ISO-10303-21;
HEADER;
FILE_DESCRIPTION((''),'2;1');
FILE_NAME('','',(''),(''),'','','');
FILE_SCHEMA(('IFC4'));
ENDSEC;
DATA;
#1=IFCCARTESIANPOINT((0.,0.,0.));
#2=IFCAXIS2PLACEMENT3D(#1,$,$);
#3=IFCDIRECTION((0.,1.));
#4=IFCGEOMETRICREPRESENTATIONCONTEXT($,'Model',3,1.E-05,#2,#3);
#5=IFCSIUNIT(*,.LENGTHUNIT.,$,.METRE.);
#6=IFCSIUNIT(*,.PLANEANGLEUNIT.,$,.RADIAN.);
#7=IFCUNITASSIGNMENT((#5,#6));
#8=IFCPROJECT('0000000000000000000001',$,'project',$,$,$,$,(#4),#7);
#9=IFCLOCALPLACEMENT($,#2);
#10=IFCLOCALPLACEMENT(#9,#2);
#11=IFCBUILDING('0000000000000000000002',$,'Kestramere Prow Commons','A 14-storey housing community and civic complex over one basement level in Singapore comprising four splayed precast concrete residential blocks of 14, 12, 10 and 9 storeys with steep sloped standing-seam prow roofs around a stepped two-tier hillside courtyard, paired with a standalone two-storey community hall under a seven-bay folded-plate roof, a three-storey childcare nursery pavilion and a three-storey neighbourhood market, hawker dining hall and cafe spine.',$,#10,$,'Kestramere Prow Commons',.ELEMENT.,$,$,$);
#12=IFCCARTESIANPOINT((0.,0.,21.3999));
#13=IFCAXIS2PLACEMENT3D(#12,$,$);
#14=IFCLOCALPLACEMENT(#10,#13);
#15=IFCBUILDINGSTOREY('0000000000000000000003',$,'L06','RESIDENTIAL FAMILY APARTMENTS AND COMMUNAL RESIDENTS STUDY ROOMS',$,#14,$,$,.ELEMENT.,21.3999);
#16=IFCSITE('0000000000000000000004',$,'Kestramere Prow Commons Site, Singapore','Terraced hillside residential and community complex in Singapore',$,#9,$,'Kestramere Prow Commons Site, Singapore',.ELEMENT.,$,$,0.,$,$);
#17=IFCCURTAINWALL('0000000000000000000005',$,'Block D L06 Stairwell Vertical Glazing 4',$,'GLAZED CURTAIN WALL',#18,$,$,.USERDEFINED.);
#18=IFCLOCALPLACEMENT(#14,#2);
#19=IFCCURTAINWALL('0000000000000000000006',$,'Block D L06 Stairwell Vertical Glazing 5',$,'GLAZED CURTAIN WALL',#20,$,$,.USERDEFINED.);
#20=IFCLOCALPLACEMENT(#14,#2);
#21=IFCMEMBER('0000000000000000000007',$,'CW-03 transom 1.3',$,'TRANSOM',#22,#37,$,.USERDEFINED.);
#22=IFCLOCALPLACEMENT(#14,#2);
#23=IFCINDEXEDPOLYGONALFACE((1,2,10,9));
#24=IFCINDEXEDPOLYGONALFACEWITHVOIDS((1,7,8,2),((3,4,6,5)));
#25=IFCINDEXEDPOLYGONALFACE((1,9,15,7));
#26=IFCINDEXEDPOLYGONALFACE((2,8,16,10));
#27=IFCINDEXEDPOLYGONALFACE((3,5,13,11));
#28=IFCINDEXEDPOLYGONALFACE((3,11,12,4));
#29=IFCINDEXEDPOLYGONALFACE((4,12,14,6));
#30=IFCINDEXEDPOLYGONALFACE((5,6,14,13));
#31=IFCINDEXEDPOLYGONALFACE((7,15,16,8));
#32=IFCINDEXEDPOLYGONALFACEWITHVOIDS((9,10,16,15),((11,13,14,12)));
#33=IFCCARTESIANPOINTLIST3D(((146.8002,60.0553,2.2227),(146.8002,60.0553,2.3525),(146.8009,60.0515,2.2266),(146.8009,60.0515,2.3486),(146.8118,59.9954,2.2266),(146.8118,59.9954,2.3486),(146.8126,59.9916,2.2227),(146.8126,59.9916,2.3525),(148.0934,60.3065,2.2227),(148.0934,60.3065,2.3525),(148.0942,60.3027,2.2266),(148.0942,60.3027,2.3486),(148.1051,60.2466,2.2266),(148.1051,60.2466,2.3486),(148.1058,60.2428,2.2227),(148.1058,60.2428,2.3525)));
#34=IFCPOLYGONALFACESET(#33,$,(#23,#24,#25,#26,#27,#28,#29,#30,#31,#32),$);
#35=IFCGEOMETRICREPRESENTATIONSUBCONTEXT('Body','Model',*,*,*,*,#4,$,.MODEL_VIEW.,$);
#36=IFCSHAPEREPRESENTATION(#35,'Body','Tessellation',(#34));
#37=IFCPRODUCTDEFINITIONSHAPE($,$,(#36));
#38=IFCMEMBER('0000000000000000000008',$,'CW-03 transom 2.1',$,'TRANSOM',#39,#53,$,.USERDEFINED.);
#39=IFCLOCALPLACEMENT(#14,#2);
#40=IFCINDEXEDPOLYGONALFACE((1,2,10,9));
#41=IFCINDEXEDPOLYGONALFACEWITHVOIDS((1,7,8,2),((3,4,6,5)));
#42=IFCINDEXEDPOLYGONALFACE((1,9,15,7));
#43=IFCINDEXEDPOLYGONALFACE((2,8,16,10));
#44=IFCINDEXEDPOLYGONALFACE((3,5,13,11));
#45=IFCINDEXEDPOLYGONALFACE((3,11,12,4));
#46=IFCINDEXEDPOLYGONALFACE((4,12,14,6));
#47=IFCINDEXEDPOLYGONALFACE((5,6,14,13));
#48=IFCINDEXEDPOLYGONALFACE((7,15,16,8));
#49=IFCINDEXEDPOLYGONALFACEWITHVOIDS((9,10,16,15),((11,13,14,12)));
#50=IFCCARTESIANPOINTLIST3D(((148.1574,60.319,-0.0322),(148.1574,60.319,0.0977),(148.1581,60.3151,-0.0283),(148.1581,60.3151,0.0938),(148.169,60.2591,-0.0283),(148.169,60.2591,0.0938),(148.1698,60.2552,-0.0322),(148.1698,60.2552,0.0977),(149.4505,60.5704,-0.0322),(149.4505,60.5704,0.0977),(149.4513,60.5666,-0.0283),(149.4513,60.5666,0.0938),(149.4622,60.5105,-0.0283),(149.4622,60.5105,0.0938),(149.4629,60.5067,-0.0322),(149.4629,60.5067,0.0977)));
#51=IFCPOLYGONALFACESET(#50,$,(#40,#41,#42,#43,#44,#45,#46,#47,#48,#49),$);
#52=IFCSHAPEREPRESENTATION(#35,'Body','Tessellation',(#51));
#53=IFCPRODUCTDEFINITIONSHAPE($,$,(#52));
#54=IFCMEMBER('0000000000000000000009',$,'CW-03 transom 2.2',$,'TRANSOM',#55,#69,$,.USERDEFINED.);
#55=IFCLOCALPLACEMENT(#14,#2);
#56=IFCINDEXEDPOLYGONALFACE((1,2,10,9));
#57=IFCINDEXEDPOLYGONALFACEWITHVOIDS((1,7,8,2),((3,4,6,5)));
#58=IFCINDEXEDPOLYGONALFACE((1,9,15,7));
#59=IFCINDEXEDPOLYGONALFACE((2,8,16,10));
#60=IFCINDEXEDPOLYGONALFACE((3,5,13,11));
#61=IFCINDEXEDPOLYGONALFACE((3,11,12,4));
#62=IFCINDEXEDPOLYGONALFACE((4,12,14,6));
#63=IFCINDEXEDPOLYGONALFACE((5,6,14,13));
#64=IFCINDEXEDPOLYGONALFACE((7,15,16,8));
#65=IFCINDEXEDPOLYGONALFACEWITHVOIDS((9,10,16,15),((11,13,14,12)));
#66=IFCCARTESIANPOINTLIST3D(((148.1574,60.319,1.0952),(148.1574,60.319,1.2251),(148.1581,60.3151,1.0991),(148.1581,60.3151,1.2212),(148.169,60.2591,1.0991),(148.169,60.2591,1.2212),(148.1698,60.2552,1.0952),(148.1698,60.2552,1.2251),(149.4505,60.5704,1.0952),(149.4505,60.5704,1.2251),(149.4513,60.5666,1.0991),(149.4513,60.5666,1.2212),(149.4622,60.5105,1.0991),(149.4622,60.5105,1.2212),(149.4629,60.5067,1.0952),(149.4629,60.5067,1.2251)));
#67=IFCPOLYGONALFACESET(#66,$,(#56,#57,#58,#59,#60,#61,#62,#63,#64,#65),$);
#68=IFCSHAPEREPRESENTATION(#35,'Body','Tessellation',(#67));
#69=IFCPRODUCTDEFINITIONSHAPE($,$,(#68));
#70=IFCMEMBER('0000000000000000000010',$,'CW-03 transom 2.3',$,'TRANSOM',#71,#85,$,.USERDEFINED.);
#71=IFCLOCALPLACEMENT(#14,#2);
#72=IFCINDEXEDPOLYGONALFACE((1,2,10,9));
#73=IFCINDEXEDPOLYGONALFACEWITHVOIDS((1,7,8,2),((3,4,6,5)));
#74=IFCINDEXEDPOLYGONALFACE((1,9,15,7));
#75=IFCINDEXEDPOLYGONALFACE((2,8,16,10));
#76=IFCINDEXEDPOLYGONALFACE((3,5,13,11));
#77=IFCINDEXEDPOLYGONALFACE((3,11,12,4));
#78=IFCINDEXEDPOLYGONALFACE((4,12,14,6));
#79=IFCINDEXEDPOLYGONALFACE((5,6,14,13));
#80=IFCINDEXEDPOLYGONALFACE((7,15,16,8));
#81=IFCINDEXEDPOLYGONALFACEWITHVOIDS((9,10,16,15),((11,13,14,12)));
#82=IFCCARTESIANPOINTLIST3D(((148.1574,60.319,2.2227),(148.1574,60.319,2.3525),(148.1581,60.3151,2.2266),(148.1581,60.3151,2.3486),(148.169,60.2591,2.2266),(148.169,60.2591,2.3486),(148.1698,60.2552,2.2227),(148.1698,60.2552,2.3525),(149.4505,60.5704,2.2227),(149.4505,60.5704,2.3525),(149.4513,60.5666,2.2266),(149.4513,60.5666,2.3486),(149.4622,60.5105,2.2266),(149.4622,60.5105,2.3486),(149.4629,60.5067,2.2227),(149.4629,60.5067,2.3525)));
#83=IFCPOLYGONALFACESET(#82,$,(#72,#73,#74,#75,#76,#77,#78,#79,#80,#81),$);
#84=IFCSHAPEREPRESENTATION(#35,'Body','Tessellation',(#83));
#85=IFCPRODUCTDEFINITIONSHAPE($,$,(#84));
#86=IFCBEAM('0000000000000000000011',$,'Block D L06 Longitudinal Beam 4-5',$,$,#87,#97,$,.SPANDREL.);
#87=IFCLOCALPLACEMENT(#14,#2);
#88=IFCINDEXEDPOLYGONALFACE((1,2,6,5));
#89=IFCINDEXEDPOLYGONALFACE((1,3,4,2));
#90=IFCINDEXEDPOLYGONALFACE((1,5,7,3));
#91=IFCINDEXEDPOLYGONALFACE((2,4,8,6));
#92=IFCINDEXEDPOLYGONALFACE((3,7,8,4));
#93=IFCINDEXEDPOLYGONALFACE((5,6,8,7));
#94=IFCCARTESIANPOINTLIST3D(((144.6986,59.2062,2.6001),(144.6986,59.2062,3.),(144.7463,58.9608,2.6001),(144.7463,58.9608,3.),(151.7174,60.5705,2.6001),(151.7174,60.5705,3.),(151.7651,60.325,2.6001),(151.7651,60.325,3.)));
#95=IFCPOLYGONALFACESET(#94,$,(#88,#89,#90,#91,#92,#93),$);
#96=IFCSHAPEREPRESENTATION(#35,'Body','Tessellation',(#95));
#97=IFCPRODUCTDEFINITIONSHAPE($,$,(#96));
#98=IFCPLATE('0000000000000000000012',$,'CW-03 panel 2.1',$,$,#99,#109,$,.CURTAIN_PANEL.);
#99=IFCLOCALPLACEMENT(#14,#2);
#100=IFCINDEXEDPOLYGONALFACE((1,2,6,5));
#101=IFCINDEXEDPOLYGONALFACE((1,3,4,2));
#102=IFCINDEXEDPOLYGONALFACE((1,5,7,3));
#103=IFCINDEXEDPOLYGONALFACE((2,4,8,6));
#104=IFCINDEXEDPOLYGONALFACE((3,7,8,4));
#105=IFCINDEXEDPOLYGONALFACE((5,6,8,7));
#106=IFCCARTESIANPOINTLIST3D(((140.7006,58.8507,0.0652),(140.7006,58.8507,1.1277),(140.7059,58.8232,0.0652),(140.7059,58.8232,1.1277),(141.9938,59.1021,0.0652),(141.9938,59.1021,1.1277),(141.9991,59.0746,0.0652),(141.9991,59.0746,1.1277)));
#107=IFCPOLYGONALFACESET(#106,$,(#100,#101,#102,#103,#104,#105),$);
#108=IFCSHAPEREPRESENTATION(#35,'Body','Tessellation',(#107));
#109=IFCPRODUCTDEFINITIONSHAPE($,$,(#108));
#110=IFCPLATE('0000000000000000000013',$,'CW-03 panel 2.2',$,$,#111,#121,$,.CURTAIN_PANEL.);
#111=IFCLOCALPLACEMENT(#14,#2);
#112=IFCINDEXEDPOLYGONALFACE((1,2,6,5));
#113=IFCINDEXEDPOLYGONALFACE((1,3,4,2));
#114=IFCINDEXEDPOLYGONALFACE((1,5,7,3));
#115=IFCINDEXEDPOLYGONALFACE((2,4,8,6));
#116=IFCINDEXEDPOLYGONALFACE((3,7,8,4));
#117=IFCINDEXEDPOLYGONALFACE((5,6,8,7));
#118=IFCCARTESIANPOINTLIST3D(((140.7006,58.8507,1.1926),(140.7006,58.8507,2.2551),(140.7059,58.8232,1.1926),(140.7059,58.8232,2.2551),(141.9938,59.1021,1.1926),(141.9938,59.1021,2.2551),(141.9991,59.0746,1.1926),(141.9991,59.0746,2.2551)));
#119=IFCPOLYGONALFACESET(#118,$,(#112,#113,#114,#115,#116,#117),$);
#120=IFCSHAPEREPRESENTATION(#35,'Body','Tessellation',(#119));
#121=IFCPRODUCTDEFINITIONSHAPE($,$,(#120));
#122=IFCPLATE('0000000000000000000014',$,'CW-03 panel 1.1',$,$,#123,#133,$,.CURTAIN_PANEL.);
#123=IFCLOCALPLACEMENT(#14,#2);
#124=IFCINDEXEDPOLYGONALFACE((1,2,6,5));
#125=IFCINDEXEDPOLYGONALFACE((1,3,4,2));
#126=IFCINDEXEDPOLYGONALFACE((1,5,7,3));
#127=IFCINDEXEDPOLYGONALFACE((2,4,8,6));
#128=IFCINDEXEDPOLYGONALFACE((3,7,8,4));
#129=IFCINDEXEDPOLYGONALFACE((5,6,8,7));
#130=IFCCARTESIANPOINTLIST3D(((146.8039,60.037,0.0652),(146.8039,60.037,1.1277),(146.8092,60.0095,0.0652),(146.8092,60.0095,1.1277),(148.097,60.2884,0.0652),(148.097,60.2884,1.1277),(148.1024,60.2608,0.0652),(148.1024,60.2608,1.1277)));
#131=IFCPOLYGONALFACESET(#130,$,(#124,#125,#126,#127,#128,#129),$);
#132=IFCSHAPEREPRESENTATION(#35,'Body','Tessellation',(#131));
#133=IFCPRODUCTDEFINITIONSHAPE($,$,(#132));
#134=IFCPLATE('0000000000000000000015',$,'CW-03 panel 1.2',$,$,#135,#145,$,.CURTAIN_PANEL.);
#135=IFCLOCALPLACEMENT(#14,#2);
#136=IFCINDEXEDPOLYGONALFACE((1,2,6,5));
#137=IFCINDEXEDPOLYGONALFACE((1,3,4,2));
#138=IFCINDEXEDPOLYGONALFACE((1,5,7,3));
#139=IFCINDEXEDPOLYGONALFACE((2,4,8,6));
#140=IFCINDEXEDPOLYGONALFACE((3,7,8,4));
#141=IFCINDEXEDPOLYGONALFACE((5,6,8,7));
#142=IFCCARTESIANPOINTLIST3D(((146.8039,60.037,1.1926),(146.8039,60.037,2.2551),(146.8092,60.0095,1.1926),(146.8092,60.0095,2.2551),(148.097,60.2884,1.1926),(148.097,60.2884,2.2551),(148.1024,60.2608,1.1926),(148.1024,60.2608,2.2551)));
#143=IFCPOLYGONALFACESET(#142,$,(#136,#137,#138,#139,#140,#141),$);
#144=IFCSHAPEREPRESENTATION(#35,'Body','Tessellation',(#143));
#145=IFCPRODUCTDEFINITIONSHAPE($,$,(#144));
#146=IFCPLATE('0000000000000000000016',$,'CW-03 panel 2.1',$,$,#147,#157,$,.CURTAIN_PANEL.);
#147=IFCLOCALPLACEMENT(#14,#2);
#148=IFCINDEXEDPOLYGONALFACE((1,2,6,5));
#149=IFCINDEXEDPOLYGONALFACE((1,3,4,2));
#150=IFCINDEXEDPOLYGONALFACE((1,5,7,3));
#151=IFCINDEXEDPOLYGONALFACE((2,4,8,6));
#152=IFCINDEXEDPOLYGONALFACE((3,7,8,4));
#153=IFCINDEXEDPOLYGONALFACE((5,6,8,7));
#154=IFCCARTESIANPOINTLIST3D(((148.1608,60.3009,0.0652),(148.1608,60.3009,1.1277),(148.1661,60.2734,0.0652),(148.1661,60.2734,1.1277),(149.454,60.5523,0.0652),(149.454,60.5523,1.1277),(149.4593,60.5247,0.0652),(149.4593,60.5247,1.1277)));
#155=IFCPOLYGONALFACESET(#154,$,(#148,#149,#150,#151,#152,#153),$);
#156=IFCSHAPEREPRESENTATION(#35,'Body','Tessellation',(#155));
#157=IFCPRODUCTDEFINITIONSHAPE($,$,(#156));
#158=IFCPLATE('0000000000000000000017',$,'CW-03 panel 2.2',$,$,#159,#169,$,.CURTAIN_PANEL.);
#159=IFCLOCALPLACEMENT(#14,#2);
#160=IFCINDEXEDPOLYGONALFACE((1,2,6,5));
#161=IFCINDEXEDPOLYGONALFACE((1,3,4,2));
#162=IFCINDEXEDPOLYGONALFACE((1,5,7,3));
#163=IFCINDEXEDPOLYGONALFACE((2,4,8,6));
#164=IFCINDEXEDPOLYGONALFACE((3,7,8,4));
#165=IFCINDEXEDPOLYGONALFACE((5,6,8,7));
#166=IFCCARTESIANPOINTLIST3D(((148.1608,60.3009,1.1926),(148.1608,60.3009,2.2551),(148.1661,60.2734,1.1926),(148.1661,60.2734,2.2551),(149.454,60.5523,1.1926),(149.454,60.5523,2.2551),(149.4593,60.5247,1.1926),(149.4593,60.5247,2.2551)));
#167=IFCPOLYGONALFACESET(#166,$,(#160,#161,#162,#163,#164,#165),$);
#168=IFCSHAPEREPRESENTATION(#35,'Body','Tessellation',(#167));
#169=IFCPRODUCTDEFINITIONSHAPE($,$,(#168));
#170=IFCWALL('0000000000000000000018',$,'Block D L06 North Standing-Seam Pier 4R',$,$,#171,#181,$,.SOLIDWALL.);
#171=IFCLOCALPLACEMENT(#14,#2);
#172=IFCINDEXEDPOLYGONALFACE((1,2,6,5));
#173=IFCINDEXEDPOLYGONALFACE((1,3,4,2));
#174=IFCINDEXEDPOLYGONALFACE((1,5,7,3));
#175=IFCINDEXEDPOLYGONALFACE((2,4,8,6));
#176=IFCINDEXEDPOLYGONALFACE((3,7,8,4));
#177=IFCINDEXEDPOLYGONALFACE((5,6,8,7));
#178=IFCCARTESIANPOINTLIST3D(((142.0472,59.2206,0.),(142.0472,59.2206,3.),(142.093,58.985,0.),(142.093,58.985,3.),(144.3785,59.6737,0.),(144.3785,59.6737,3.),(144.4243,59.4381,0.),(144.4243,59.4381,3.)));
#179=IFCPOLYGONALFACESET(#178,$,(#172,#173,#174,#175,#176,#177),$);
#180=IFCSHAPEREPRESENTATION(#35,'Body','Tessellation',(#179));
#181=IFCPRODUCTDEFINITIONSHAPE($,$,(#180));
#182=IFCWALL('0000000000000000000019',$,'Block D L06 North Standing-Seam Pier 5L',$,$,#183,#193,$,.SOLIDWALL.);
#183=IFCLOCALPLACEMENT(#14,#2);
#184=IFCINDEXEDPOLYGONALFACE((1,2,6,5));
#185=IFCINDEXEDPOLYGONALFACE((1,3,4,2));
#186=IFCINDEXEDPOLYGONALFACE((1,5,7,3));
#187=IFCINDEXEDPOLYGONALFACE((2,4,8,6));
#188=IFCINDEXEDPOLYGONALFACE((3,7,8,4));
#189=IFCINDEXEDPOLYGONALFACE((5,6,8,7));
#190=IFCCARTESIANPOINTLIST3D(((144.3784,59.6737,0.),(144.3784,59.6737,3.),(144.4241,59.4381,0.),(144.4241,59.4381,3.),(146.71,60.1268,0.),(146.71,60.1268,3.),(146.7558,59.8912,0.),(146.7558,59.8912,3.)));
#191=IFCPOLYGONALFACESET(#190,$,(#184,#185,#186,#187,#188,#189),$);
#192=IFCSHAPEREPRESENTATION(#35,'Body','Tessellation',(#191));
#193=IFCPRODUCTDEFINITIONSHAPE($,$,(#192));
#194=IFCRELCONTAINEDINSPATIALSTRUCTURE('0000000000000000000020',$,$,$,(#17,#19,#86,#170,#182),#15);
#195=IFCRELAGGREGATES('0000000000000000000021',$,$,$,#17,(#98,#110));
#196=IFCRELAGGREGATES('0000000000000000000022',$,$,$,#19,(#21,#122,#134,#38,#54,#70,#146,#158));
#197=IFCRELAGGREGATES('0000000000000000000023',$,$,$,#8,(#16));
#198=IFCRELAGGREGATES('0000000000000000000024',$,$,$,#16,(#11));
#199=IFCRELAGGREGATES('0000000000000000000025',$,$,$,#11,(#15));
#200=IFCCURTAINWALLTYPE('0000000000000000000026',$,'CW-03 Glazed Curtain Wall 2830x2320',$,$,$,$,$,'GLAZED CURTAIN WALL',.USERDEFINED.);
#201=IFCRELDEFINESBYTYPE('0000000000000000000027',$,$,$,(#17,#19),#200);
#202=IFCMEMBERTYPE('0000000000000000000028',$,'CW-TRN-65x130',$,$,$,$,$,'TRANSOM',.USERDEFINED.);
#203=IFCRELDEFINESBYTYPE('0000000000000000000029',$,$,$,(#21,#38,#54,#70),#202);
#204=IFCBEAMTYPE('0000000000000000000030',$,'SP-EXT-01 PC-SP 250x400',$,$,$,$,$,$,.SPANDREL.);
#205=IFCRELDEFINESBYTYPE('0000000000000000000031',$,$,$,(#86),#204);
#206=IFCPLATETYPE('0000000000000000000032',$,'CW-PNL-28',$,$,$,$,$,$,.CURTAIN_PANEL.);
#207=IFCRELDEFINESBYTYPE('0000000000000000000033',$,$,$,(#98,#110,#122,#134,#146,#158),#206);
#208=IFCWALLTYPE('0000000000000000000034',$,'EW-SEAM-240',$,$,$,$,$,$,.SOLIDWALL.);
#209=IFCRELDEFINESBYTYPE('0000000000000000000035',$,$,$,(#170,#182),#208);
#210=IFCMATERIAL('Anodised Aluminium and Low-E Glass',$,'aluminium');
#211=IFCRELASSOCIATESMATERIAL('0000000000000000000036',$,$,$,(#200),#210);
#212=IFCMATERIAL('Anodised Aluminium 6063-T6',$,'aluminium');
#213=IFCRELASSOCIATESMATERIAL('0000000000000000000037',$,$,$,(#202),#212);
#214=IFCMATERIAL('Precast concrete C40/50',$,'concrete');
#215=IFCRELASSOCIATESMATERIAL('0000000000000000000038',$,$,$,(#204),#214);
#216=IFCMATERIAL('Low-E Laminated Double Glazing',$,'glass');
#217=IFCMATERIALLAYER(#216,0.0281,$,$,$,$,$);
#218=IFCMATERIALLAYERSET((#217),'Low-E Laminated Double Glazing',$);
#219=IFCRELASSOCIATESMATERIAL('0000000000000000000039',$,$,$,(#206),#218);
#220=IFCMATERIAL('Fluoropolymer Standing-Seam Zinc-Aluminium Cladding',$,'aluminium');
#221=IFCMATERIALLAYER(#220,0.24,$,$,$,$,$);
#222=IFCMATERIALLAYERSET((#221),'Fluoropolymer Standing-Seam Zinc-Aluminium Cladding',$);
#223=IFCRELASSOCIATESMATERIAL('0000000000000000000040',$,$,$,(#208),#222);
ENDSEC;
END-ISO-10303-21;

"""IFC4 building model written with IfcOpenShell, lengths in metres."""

from ifc_helpers import new_model, si_unit, direction, frame, frame_2d, origin, origin_2d, place, context, subcontext, project, spatial, rectangle, hollow_rectangle, extrude, material, layer, layer_set, material_profile, profile_set, type_object, element, aggregate, save


model = new_model("IFC4")

# Units and contexts
model_context = context("Model", 3, precision=1e-05, world=origin(), true_north=direction((0.0, 1.0)))
body_context = subcontext(model_context, "Body", "Model", "MODEL_VIEW")
ifc_project = project(units=[si_unit("LENGTHUNIT", "METRE"), si_unit("PLANEANGLEUNIT", "RADIAN")], contexts=[model_context])

# Site, building, storey
site_placement = place(None, origin())
site = spatial("IfcSite", under=ifc_project, at=site_placement, Name="Kestramere Prow Commons Site, Singapore", Description="Terraced hillside residential and community complex in Singapore", LongName="Kestramere Prow Commons Site, Singapore", CompositionType="ELEMENT", RefElevation=0.0)
building_placement = place(site_placement, origin())
building = spatial("IfcBuilding", under=site, at=building_placement, Name="Kestramere Prow Commons", Description="A 14-storey housing community and civic complex over one basement level in Singapore comprising four splayed precast concrete residential blocks of 14, 12, 10 and 9 storeys with steep sloped standing-seam prow roofs around a stepped two-tier hillside courtyard, paired with a standalone two-storey community hall under a seven-bay folded-plate roof, a three-storey childcare nursery pavilion and a three-storey neighbourhood market, hawker dining hall and cafe spine.", LongName="Kestramere Prow Commons", CompositionType="ELEMENT")
storey_placement = place(building_placement, frame((0.0, 0.0, 21.3999)))
storey = spatial("IfcBuildingStorey", under=building, at=storey_placement, Name="L06", Description="RESIDENTIAL FAMILY APARTMENTS AND COMMUNAL RESIDENTS STUDY ROOMS", CompositionType="ELEMENT", Elevation=21.3999)

# Shared definitions
ifc_material_1 = material(Name="Precast concrete C40/50", Category="concrete")

# Curtain walls
ifc_material_2 = material(Name="Anodised Aluminium and Low-E Glass", Category="aluminium")
curtain_wall_type = type_object("IfcCurtainWallType", Name="CW-03 Glazed Curtain Wall 2830x2320", ElementType="GLAZED CURTAIN WALL", PredefinedType="USERDEFINED", material=ifc_material_2)
curtain_wall_1_placement = place(storey_placement, origin())
curtain_wall_1 = element("IfcCurtainWall", 1, at=curtain_wall_1_placement, inside=storey, type_object=curtain_wall_type, Name="Block D L06 Stairwell Vertical Glazing 4", ObjectType="GLAZED CURTAIN WALL", PredefinedType="USERDEFINED")
ifc_material_3 = material(Name="Anodised Aluminium 6063-T6", Category="aluminium")
curtain_wall_2_placement = place(storey_placement, origin())
curtain_wall_2 = element("IfcCurtainWall", 2, at=curtain_wall_2_placement, inside=storey, type_object=curtain_wall_type, Name="Block D L06 Stairwell Vertical Glazing 5", ObjectType="GLAZED CURTAIN WALL", PredefinedType="USERDEFINED")

# Members
ifc_material_profile_1 = material_profile(ifc_material_3, hollow_rectangle(XDim=0.0649, YDim=0.1299, WallThickness=0.0039, at=origin_2d()), Name="ALU-TRN 65x130")
ifc_profile_set_1 = profile_set([ifc_material_profile_1], Name="Anodised Aluminium 6063-T6")
member_type_1 = type_object("IfcMemberType", Name="CW-TRN-65x130", ElementType="TRANSOM", PredefinedType="USERDEFINED", material=ifc_profile_set_1)
member_1_placement = place(storey_placement, frame((146.8064, 60.0234, 2.2876), z_axis=(0.981649, 0.190696, 0.0), x_axis=(-0.190696, 0.981649, 0.0)))
member_1 = element("IfcMember", 3, at=member_1_placement, type_object=member_type_1, Name="CW-03 transom 1.3", ObjectType="TRANSOM", PredefinedType="USERDEFINED", context=body_context, shape_type="SweptSolid", body=[
    extrude(hollow_rectangle(XDim=0.0649, YDim=0.1299, WallThickness=0.0039, at=origin_2d()), origin(), (0.0, 0.0, 1.0), 1.3174),
])
member_2_placement = place(storey_placement, frame((148.1636, 60.2871, 0.0327), z_axis=(0.981614, 0.190875, 0.0), x_axis=(-0.190875, 0.981614, 0.0)))
member_2 = element("IfcMember", 4, at=member_2_placement, type_object=member_type_1, Name="CW-03 transom 2.1", ObjectType="TRANSOM", PredefinedType="USERDEFINED", context=body_context, shape_type="SweptSolid", body=[
    extrude(hollow_rectangle(XDim=0.0649, YDim=0.1299, WallThickness=0.0039, at=origin_2d()), origin(), (0.0, 0.0, 1.0), 1.3174),
])
member_3_placement = place(storey_placement, frame((148.1636, 60.2871, 1.1602), z_axis=(0.981614, 0.190875, 0.0), x_axis=(-0.190875, 0.981614, 0.0)))
member_3 = element("IfcMember", 5, at=member_3_placement, type_object=member_type_1, Name="CW-03 transom 2.2", ObjectType="TRANSOM", PredefinedType="USERDEFINED", context=body_context, shape_type="SweptSolid", body=[
    extrude(hollow_rectangle(XDim=0.0649, YDim=0.1299, WallThickness=0.0039, at=origin_2d()), origin(), (0.0, 0.0, 1.0), 1.3174),
])
member_4_placement = place(storey_placement, frame((148.1636, 60.2871, 2.2876), z_axis=(0.981614, 0.190875, 0.0), x_axis=(-0.190875, 0.981614, 0.0)))
member_4 = element("IfcMember", 6, at=member_4_placement, type_object=member_type_1, Name="CW-03 transom 2.3", ObjectType="TRANSOM", PredefinedType="USERDEFINED", context=body_context, shape_type="SweptSolid", body=[
    extrude(hollow_rectangle(XDim=0.0649, YDim=0.1299, WallThickness=0.0039, at=origin_2d()), origin(), (0.0, 0.0, 1.0), 1.3174),
])

# Beam
ifc_material_profile_2 = material_profile(ifc_material_1, rectangle(XDim=0.25, YDim=0.3999, at=origin_2d()), Name="PC-SP 250x400")
ifc_profile_set_2 = profile_set([ifc_material_profile_2], Name="Precast concrete C40/50")
beam_type = type_object("IfcBeamType", Name="SP-EXT-01 PC-SP 250x400", PredefinedType="SPANDREL", material=ifc_profile_set_2)
beam_placement = place(storey_placement, frame((144.7224, 59.0835, 2.8), z_axis=(0.981629, 0.190801, 0.0), x_axis=(-0.190801, 0.981629, 0.0)))
element("IfcBeam", 7, at=beam_placement, inside=storey, type_object=beam_type, Name="Block D L06 Longitudinal Beam 4-5", PredefinedType="SPANDREL", context=body_context, shape_type="SweptSolid", body=[
    extrude(rectangle(XDim=0.25, YDim=0.3999, at=origin_2d()), origin(), (0.0, 0.0, 1.0), 7.1501),
])

# Plates
ifc_material_4 = material(Name="Low-E Laminated Double Glazing", Category="glass")
ifc_layer_1 = layer(ifc_material_4, 0.0281)
ifc_layer_set_1 = layer_set([ifc_layer_1], Name="Low-E Laminated Double Glazing")
plate_type = type_object("IfcPlateType", Name="CW-PNL-28", PredefinedType="CURTAIN_PANEL", material=ifc_layer_set_1)
plate_1_placement = place(storey_placement, frame((141.3499, 58.9626, 0.0652), z_axis=(0.0, 0.0, 1.0), x_axis=(0.981627, 0.190809, 0.0)))
plate_1 = element("IfcPlate", 8, at=plate_1_placement, type_object=plate_type, Name="CW-03 panel 2.1", PredefinedType="CURTAIN_PANEL", context=body_context, shape_type="SweptSolid", body=[
    extrude(rectangle(XDim=1.3174, YDim=0.0281, at=origin_2d()), origin(), (0.0, 0.0, 1.0), 1.0625),
])
plate_2_placement = place(storey_placement, frame((141.3499, 58.9626, 1.1926), z_axis=(0.0, 0.0, 1.0), x_axis=(0.981627, 0.190809, 0.0)))
plate_2 = element("IfcPlate", 9, at=plate_2_placement, type_object=plate_type, Name="CW-03 panel 2.2", PredefinedType="CURTAIN_PANEL", context=body_context, shape_type="SweptSolid", body=[
    extrude(rectangle(XDim=1.3174, YDim=0.0281, at=origin_2d()), origin(), (0.0, 0.0, 1.0), 1.0625),
])
aggregate(curtain_wall_1, [plate_1, plate_2])
plate_3_placement = place(storey_placement, frame((147.4531, 60.1489, 0.0652), z_axis=(0.0, 0.0, 1.0), x_axis=(0.981627, 0.190809, 0.0)))
plate_3 = element("IfcPlate", 10, at=plate_3_placement, type_object=plate_type, Name="CW-03 panel 1.1", PredefinedType="CURTAIN_PANEL", context=body_context, shape_type="SweptSolid", body=[
    extrude(rectangle(XDim=1.3174, YDim=0.0281, at=origin_2d()), origin(), (0.0, 0.0, 1.0), 1.0625),
])
plate_4_placement = place(storey_placement, frame((147.4531, 60.1489, 1.1926), z_axis=(0.0, 0.0, 1.0), x_axis=(0.981627, 0.190809, 0.0)))
plate_4 = element("IfcPlate", 11, at=plate_4_placement, type_object=plate_type, Name="CW-03 panel 1.2", PredefinedType="CURTAIN_PANEL", context=body_context, shape_type="SweptSolid", body=[
    extrude(rectangle(XDim=1.3174, YDim=0.0281, at=origin_2d()), origin(), (0.0, 0.0, 1.0), 1.0625),
])
plate_5_placement = place(storey_placement, frame((148.8101, 60.4128, 0.0652), z_axis=(0.0, 0.0, 1.0), x_axis=(0.981627, 0.190809, 0.0)))
plate_5 = element("IfcPlate", 12, at=plate_5_placement, type_object=plate_type, Name="CW-03 panel 2.1", PredefinedType="CURTAIN_PANEL", context=body_context, shape_type="SweptSolid", body=[
    extrude(rectangle(XDim=1.3174, YDim=0.0281, at=origin_2d()), origin(), (0.0, 0.0, 1.0), 1.0625),
])
plate_6_placement = place(storey_placement, frame((148.8101, 60.4128, 1.1926), z_axis=(0.0, 0.0, 1.0), x_axis=(0.981627, 0.190809, 0.0)))
plate_6 = element("IfcPlate", 13, at=plate_6_placement, type_object=plate_type, Name="CW-03 panel 2.2", PredefinedType="CURTAIN_PANEL", context=body_context, shape_type="SweptSolid", body=[
    extrude(rectangle(XDim=1.3174, YDim=0.0281, at=origin_2d()), origin(), (0.0, 0.0, 1.0), 1.0625),
])
aggregate(curtain_wall_2, [member_1, plate_3, plate_4, member_2, member_3, member_4, plate_5, plate_6])

# Walls
ifc_material_5 = material(Name="Fluoropolymer Standing-Seam Zinc-Aluminium Cladding", Category="aluminium")
ifc_layer_2 = layer(ifc_material_5, 0.24)
ifc_layer_set_2 = layer_set([ifc_layer_2], Name="Fluoropolymer Standing-Seam Zinc-Aluminium Cladding")
wall_type_1 = type_object("IfcWallType", Name="EW-SEAM-240", PredefinedType="SOLIDWALL", material=ifc_layer_set_2)
wall_1_placement = place(storey_placement, frame((142.0701, 59.1028, 0.0), z_axis=(0.0, 0.0, 1.0), x_axis=(0.98163, 0.190795, 0.0)))
element("IfcWall", 14, at=wall_1_placement, inside=storey, type_object=wall_type_1, Name="Block D L06 North Standing-Seam Pier 4R", PredefinedType="SOLIDWALL", context=body_context, shape_type="SweptSolid", body=[
    extrude(rectangle(XDim=2.375, YDim=0.24, at=frame_2d((1.1875, 0.0))), origin(), (0.0, 0.0, 1.0), 3.0),
])
wall_2_placement = place(storey_placement, frame((144.4014, 59.5559, 0.0), z_axis=(0.0, 0.0, 1.0), x_axis=(0.981634, 0.190776, 0.0)))
element("IfcWall", 15, at=wall_2_placement, inside=storey, type_object=wall_type_1, Name="Block D L06 North Standing-Seam Pier 5L", PredefinedType="SOLIDWALL", context=body_context, shape_type="SweptSolid", body=[
    extrude(rectangle(XDim=2.3752, YDim=0.24, at=frame_2d((1.1875, 0.0))), origin(), (0.0, 0.0, 1.0), 3.0),
])

save(model, "model.ifc")
